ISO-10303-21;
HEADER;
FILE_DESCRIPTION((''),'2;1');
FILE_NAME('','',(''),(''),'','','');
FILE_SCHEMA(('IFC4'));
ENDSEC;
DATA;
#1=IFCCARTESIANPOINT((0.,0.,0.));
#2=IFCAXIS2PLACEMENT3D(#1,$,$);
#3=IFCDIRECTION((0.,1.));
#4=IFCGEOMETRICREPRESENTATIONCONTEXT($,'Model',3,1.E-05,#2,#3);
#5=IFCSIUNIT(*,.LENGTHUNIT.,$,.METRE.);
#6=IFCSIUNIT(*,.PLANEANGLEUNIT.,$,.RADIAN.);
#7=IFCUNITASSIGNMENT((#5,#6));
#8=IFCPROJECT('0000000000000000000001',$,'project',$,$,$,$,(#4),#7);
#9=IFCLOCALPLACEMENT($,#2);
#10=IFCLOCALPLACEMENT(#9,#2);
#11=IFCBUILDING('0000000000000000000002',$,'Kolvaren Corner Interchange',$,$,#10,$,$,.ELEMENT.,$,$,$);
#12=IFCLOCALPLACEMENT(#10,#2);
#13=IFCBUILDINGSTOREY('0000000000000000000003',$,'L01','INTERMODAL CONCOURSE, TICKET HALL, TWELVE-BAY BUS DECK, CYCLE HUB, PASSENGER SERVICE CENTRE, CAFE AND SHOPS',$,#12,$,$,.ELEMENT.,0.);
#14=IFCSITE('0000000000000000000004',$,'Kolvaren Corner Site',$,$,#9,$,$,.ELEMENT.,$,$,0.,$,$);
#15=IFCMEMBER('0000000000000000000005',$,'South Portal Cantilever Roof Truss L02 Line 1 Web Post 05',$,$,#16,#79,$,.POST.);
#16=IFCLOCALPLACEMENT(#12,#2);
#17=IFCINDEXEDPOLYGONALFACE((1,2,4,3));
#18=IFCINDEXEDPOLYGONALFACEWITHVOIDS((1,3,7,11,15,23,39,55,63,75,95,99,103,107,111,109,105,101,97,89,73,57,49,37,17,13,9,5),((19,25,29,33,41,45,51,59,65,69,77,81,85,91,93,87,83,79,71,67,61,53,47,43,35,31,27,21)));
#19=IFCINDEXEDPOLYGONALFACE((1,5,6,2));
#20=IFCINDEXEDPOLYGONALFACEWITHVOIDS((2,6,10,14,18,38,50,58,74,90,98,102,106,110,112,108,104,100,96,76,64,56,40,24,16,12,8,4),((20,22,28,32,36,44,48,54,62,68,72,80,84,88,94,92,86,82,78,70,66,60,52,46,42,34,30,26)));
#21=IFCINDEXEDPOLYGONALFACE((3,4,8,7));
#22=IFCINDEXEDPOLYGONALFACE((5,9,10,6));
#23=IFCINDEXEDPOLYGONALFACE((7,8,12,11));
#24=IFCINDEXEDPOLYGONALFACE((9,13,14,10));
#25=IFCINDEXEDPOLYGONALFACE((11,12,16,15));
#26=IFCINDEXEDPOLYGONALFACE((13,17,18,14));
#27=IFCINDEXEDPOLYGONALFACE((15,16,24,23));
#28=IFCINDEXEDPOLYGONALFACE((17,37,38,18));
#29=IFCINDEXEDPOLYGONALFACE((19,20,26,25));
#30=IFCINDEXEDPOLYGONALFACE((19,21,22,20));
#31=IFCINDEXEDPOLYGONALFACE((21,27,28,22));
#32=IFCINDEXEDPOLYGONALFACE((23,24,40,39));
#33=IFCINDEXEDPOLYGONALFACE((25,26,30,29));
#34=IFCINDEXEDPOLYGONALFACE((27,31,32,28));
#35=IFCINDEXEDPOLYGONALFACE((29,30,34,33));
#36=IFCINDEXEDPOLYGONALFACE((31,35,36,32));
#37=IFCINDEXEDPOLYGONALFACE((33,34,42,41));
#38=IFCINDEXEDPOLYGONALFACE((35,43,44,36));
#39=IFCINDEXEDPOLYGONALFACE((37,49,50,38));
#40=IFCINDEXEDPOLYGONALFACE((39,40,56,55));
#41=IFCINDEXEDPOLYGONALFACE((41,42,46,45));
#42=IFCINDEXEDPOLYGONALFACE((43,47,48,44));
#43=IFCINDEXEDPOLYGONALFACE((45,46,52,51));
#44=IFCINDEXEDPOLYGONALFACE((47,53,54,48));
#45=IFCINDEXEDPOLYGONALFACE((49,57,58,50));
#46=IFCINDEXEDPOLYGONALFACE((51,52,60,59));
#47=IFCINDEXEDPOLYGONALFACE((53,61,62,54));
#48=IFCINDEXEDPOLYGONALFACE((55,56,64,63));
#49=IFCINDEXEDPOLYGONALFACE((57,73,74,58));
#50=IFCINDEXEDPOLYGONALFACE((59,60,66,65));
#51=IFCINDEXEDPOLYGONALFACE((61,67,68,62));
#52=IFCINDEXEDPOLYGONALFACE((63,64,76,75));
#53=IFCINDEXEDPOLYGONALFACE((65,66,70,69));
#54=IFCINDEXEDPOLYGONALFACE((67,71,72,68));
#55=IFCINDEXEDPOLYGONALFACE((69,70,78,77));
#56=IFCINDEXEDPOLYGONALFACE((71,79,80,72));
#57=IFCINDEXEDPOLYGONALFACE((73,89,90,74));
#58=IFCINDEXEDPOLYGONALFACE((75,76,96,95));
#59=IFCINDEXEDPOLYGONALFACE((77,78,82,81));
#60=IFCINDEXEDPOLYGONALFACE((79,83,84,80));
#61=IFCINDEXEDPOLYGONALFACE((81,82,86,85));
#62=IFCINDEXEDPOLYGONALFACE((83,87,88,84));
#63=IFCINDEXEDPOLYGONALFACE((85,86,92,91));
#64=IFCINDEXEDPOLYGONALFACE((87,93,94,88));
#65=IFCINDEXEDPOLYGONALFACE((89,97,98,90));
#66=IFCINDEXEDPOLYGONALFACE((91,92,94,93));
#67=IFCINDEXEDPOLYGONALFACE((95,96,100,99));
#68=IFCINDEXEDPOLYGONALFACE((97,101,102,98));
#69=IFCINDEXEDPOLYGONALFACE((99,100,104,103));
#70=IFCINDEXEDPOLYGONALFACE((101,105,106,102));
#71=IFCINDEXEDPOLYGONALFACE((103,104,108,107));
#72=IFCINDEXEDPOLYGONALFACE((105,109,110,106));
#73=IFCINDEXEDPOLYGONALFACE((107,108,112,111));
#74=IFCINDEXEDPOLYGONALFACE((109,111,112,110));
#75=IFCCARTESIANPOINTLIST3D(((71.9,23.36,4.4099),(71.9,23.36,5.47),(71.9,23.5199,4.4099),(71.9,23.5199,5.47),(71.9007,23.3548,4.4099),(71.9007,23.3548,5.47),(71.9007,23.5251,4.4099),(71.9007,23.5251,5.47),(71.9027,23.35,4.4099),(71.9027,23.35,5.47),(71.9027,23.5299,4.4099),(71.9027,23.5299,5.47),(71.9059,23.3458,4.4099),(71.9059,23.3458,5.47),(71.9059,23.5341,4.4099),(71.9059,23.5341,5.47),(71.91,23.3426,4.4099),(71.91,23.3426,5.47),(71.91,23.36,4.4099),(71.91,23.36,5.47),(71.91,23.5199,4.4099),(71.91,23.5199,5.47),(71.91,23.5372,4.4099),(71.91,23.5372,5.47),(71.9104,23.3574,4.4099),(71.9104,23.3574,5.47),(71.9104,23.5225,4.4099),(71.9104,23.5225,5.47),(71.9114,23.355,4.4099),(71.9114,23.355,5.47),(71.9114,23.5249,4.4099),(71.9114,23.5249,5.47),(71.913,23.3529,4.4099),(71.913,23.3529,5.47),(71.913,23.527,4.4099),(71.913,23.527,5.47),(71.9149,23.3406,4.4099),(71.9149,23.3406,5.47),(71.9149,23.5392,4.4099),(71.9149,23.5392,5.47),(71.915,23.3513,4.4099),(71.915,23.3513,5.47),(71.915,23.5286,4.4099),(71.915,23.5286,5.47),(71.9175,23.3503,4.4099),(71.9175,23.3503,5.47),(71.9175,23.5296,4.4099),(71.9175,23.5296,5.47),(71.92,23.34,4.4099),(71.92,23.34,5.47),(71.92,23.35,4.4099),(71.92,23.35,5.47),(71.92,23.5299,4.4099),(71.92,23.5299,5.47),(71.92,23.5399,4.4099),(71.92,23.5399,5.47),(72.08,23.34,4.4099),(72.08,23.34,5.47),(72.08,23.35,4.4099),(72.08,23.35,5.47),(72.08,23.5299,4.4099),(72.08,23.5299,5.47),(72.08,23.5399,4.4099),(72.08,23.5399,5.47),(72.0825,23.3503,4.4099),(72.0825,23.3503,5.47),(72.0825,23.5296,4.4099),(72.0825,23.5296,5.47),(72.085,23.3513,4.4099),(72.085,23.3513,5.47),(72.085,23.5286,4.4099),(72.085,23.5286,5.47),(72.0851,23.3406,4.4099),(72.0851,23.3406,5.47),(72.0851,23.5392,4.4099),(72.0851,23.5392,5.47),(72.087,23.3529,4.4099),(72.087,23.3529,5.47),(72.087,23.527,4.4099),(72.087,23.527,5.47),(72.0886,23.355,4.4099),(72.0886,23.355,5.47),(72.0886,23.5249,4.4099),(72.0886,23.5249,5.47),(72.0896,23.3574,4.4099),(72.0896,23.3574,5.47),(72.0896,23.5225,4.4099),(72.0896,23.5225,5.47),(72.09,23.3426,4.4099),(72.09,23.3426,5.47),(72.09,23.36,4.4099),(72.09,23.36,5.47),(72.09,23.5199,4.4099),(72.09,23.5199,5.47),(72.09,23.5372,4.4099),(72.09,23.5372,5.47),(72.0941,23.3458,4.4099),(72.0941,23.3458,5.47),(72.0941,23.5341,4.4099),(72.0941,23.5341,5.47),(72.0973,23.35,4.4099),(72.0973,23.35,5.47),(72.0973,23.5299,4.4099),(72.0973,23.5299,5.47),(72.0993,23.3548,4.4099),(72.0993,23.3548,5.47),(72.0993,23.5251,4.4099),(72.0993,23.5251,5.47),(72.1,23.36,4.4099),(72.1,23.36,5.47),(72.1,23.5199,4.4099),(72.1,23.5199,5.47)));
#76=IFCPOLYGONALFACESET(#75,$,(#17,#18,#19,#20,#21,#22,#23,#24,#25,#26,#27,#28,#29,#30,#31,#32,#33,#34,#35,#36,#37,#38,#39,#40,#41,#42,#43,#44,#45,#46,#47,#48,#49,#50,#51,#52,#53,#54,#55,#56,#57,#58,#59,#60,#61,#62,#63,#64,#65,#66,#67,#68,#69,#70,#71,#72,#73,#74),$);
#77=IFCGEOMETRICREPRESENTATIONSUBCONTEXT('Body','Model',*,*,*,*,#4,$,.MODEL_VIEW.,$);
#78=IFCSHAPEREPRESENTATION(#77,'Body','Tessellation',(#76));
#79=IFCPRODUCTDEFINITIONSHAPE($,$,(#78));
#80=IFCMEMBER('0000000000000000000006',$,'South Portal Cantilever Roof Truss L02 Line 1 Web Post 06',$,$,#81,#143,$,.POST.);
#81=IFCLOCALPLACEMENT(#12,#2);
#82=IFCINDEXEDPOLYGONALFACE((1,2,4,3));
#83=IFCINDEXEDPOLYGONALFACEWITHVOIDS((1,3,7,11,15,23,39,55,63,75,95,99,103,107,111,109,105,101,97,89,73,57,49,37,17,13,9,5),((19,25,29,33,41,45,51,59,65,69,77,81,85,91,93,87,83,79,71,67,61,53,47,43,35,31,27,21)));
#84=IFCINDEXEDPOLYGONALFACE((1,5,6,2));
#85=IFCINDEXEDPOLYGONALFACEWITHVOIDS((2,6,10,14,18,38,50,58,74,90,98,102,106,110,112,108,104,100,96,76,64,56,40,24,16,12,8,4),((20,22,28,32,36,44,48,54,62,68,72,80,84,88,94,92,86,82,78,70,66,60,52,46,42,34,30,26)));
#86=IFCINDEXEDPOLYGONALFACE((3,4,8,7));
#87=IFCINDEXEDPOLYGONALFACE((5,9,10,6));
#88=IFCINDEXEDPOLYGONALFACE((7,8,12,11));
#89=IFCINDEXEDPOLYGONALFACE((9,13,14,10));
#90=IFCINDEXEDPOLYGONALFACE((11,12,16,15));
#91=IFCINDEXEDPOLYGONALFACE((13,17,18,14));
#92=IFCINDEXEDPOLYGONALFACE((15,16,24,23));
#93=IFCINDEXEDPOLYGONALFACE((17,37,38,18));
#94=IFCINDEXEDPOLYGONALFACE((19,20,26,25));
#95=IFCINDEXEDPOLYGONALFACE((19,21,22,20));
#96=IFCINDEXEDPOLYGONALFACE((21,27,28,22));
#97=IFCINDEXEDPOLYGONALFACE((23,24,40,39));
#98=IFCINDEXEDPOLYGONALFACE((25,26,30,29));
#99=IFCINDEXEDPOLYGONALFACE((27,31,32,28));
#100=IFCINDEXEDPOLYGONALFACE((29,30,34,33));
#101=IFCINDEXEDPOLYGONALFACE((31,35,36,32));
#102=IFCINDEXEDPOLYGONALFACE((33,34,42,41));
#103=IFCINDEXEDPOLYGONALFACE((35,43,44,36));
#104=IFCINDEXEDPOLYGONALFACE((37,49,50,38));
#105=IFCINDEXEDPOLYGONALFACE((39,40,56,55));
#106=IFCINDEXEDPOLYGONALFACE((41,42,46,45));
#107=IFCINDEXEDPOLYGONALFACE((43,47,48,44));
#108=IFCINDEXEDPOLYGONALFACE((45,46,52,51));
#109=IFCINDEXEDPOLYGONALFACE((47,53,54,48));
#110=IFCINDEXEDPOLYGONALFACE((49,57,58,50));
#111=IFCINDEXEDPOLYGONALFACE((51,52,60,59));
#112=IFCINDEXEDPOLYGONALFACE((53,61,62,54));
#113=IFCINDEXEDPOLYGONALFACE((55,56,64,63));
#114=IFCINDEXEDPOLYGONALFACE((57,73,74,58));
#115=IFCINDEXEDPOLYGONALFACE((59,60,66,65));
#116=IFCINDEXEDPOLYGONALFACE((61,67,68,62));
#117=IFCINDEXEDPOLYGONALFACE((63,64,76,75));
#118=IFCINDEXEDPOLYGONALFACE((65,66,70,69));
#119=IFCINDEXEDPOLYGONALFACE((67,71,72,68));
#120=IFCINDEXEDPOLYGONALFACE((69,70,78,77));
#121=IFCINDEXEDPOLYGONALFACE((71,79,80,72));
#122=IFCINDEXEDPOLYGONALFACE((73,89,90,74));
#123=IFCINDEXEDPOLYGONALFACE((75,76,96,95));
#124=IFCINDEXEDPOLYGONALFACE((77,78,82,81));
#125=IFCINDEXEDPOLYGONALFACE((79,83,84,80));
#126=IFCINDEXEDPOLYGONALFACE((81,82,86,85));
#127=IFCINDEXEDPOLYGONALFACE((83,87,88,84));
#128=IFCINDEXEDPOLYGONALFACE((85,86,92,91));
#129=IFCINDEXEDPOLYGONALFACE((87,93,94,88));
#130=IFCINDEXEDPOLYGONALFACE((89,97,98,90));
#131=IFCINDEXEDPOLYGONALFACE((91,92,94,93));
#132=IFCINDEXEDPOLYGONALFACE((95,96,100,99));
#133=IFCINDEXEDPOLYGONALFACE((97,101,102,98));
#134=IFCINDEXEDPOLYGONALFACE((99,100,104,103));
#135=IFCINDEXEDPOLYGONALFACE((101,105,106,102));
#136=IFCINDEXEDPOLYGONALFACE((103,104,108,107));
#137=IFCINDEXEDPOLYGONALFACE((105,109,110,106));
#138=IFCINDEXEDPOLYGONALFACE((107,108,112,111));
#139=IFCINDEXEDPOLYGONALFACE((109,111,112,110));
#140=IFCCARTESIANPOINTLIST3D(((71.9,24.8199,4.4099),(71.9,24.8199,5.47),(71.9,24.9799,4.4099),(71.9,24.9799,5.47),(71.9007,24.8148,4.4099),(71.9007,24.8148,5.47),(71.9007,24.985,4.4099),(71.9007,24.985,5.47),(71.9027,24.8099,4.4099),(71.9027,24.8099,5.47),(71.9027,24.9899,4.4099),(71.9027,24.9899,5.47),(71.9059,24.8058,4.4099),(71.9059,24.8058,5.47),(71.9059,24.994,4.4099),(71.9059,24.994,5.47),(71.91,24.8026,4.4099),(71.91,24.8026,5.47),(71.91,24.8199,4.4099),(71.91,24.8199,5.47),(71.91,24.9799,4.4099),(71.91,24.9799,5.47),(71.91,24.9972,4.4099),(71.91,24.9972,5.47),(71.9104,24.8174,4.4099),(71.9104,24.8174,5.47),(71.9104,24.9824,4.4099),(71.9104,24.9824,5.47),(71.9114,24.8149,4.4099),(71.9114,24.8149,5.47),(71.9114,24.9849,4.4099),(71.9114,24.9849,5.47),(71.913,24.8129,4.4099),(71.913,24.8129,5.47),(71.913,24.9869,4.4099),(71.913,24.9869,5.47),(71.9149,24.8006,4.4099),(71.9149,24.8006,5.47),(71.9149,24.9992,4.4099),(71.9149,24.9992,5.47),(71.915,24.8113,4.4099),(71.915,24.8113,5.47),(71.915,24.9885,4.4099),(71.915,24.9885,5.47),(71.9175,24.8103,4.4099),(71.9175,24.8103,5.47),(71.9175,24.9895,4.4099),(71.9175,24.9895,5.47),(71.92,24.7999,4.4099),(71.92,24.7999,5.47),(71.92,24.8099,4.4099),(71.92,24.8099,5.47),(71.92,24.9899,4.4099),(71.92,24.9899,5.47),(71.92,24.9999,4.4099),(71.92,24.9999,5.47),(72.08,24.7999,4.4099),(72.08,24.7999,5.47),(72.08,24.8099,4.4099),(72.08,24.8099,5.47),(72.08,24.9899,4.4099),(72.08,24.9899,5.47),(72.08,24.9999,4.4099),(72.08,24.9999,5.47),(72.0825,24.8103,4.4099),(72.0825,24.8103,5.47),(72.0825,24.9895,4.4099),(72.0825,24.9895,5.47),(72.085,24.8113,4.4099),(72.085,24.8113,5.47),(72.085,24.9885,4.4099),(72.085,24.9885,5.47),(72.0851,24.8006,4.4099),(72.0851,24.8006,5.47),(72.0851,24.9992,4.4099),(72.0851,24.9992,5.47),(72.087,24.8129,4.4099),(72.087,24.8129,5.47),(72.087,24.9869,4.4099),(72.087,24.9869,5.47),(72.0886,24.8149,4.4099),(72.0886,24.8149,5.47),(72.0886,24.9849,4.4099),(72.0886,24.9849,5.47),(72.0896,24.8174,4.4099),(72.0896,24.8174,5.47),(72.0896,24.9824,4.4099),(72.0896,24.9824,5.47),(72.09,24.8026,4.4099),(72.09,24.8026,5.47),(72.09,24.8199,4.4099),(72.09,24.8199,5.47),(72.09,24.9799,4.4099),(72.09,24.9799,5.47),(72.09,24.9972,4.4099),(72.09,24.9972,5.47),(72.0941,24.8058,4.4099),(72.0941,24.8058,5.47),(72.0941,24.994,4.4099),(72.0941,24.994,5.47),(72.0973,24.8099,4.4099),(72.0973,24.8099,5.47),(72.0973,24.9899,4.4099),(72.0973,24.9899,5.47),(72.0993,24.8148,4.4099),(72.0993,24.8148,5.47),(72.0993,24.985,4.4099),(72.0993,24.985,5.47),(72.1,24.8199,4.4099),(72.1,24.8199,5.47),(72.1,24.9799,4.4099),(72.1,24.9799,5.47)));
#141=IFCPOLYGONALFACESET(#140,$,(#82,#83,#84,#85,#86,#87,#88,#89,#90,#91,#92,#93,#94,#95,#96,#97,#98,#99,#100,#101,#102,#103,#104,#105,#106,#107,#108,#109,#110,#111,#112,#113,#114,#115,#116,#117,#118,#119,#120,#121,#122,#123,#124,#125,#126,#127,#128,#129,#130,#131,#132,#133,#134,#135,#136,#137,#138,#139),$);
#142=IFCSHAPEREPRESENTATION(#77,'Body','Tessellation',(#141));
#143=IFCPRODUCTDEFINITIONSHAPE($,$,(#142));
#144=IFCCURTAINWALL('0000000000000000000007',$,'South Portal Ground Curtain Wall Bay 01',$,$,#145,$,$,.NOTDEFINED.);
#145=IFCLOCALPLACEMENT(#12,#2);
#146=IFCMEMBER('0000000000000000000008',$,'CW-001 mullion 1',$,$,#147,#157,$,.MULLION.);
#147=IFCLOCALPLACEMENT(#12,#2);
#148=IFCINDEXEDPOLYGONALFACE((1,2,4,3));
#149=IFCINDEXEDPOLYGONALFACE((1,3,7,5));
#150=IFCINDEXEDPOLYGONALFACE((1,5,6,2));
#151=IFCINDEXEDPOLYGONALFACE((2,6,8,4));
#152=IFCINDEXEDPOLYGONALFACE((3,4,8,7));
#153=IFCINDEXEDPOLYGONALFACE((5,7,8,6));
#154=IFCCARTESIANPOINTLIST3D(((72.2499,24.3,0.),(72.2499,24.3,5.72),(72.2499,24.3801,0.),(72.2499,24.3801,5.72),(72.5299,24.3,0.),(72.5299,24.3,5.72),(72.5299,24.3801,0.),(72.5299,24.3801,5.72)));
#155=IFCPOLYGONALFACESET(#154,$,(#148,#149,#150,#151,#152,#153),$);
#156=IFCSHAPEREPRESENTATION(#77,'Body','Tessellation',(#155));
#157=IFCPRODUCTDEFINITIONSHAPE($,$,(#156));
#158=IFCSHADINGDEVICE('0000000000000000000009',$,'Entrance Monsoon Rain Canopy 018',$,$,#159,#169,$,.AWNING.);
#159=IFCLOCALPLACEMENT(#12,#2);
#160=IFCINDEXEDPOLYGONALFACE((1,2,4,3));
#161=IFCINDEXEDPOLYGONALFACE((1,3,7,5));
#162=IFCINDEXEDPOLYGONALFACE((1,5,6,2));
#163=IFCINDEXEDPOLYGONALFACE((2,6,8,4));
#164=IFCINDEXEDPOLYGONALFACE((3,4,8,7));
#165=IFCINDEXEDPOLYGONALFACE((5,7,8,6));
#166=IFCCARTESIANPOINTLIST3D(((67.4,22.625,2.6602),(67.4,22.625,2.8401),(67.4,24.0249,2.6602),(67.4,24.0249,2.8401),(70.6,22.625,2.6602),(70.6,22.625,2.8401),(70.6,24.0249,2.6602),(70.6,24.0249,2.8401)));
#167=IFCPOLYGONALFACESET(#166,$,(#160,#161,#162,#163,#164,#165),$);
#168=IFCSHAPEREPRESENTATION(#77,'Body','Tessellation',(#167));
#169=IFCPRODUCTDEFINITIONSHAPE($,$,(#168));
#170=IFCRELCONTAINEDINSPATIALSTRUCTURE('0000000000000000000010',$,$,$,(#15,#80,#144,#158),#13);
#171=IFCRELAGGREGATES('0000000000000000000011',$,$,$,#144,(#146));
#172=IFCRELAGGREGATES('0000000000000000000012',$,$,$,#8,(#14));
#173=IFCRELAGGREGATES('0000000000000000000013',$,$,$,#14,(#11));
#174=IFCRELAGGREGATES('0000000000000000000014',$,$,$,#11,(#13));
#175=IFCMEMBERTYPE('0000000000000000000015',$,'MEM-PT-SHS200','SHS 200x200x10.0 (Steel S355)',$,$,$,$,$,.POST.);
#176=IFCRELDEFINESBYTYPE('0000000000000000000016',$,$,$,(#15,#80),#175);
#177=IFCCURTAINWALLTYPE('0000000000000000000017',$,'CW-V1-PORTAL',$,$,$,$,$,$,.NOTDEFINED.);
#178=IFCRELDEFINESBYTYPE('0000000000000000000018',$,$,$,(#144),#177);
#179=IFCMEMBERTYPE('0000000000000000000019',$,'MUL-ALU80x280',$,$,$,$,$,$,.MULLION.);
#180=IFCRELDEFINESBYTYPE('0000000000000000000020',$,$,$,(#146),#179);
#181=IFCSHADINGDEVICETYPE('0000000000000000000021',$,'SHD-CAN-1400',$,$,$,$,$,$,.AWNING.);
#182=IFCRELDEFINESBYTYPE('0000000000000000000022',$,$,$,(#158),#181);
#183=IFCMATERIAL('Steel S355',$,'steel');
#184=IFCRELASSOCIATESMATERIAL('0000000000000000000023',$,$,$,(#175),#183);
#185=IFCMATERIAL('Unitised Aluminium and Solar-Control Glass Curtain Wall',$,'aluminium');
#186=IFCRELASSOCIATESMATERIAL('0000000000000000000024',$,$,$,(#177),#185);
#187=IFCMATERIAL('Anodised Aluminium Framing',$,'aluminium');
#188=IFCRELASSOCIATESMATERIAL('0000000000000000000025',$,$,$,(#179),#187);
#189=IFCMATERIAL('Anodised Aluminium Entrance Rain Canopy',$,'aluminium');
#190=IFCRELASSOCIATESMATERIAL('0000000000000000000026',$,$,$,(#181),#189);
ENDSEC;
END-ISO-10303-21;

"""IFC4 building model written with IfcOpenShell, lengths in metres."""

from ifc_helpers import new_model, si_unit, direction, frame, origin, origin_2d, place, context, subcontext, project, spatial, rectangle, hollow_rectangle, extrude, material, material_profile, profile_set, type_object, element, aggregate, save


model = new_model("IFC4")

# Units and contexts
model_context = context("Model", 3, precision=1e-05, world=origin(), true_north=direction((0.0, 1.0)))
body_context = subcontext(model_context, "Body", "Model", "MODEL_VIEW")
ifc_project = project(units=[si_unit("LENGTHUNIT", "METRE"), si_unit("PLANEANGLEUNIT", "RADIAN")], contexts=[model_context])

# Site, building, storey
site_placement = place(None, origin())
site = spatial("IfcSite", under=ifc_project, at=site_placement, Name="Kolvaren Corner Site", CompositionType="ELEMENT", RefElevation=0.0)
building_placement = place(site_placement, origin())
building = spatial("IfcBuilding", under=site, at=building_placement, Name="Kolvaren Corner Interchange", CompositionType="ELEMENT")
storey_placement = place(building_placement, origin())
storey = spatial("IfcBuildingStorey", under=building, at=storey_placement, Name="L01", Description="INTERMODAL CONCOURSE, TICKET HALL, TWELVE-BAY BUS DECK, CYCLE HUB, PASSENGER SERVICE CENTRE, CAFE AND SHOPS", CompositionType="ELEMENT", Elevation=0.0)

# Members
ifc_material_1 = material(Name="Steel S355", Category="steel")
ifc_material_profile_1 = material_profile(ifc_material_1, hollow_rectangle(XDim=0.2, YDim=0.2, WallThickness=0.01, InnerFilletRadius=0.01, OuterFilletRadius=0.02, at=origin_2d()), Name="SHS 200x200x10.0")
ifc_profile_set_1 = profile_set([ifc_material_profile_1], Name="Steel S355")
member_type_1 = type_object("IfcMemberType", Name="MEM-PT-SHS200", Description="SHS 200x200x10.0 (Steel S355)", PredefinedType="POST", material=ifc_profile_set_1)
for number, where, z_axis, x_axis, name in (
    (1, (72.0, 23.4399, 4.4099), (0.0, 0.0, 1.0), (1.0, 0.0, 0.0), "South Portal Cantilever Roof Truss L02 Line 1 Web Post 05"),
    (2, (72.0, 24.8999, 4.4099), (0.0, 0.0, 1.0), (1.0, 0.0, 0.0), "South Portal Cantilever Roof Truss L02 Line 1 Web Post 06"),
):
    element("IfcMember", number, at=place(storey_placement, frame(where, z_axis=z_axis, x_axis=x_axis)), inside=storey, type_object=member_type_1, Name=name, PredefinedType="POST", context=body_context, shape_type="SweptSolid", body=[
        extrude(hollow_rectangle(XDim=0.2, YDim=0.2, WallThickness=0.01, InnerFilletRadius=0.01, OuterFilletRadius=0.02, at=origin_2d()), origin(), (0.0, 0.0, 1.0), 1.0601),
    ])

# Curtain wall, member
ifc_material_2 = material(Name="Unitised Aluminium and Solar-Control Glass Curtain Wall", Category="aluminium")
curtain_wall_type = type_object("IfcCurtainWallType", Name="CW-V1-PORTAL", PredefinedType="NOTDEFINED", material=ifc_material_2)
curtain_wall_placement = place(storey_placement, origin())
curtain_wall = element("IfcCurtainWall", 3, at=curtain_wall_placement, inside=storey, type_object=curtain_wall_type, Name="South Portal Ground Curtain Wall Bay 01", PredefinedType="NOTDEFINED")
ifc_material_3 = material(Name="Anodised Aluminium Framing", Category="aluminium")
ifc_material_profile_2 = material_profile(ifc_material_3, rectangle(XDim=0.0801, YDim=0.28, at=origin_2d()), Name="ALU 80x280")
ifc_profile_set_2 = profile_set([ifc_material_profile_2], Name="Anodised Aluminium Framing")
member_type_2 = type_object("IfcMemberType", Name="MUL-ALU80x280", PredefinedType="MULLION", material=ifc_profile_set_2)
member_1_placement = place(storey_placement, frame((72.3899, 24.3401, 0.0), z_axis=(0.0, 0.0, 1.0), x_axis=(0.0, 1.0, 0.0)))
member_1 = element("IfcMember", 4, at=member_1_placement, type_object=member_type_2, Name="CW-001 mullion 1", PredefinedType="MULLION", context=body_context, shape_type="SweptSolid", body=[
    extrude(rectangle(XDim=0.0801, YDim=0.28, at=origin_2d()), origin(), (0.0, 0.0, 1.0), 5.72),
])
aggregate(curtain_wall, [member_1])

# Shading device
ifc_material_4 = material(Name="Anodised Aluminium Entrance Rain Canopy", Category="aluminium")
shading_device_type = type_object("IfcShadingDeviceType", Name="SHD-CAN-1400", PredefinedType="AWNING", material=ifc_material_4)
shading_device_placement = place(storey_placement, frame((69.0, 23.325, 2.6602), z_axis=(0.0, 0.0, 1.0), x_axis=(1.0, 0.0, 0.0)))
element("IfcShadingDevice", 5, at=shading_device_placement, inside=storey, type_object=shading_device_type, Name="Entrance Monsoon Rain Canopy 018", PredefinedType="AWNING", context=body_context, shape_type="SweptSolid", body=[
    extrude(rectangle(XDim=3.2, YDim=1.3999, at=origin_2d()), origin(), (0.0, 0.0, 1.0), 0.1799),
])

save(model, "model.ifc")
